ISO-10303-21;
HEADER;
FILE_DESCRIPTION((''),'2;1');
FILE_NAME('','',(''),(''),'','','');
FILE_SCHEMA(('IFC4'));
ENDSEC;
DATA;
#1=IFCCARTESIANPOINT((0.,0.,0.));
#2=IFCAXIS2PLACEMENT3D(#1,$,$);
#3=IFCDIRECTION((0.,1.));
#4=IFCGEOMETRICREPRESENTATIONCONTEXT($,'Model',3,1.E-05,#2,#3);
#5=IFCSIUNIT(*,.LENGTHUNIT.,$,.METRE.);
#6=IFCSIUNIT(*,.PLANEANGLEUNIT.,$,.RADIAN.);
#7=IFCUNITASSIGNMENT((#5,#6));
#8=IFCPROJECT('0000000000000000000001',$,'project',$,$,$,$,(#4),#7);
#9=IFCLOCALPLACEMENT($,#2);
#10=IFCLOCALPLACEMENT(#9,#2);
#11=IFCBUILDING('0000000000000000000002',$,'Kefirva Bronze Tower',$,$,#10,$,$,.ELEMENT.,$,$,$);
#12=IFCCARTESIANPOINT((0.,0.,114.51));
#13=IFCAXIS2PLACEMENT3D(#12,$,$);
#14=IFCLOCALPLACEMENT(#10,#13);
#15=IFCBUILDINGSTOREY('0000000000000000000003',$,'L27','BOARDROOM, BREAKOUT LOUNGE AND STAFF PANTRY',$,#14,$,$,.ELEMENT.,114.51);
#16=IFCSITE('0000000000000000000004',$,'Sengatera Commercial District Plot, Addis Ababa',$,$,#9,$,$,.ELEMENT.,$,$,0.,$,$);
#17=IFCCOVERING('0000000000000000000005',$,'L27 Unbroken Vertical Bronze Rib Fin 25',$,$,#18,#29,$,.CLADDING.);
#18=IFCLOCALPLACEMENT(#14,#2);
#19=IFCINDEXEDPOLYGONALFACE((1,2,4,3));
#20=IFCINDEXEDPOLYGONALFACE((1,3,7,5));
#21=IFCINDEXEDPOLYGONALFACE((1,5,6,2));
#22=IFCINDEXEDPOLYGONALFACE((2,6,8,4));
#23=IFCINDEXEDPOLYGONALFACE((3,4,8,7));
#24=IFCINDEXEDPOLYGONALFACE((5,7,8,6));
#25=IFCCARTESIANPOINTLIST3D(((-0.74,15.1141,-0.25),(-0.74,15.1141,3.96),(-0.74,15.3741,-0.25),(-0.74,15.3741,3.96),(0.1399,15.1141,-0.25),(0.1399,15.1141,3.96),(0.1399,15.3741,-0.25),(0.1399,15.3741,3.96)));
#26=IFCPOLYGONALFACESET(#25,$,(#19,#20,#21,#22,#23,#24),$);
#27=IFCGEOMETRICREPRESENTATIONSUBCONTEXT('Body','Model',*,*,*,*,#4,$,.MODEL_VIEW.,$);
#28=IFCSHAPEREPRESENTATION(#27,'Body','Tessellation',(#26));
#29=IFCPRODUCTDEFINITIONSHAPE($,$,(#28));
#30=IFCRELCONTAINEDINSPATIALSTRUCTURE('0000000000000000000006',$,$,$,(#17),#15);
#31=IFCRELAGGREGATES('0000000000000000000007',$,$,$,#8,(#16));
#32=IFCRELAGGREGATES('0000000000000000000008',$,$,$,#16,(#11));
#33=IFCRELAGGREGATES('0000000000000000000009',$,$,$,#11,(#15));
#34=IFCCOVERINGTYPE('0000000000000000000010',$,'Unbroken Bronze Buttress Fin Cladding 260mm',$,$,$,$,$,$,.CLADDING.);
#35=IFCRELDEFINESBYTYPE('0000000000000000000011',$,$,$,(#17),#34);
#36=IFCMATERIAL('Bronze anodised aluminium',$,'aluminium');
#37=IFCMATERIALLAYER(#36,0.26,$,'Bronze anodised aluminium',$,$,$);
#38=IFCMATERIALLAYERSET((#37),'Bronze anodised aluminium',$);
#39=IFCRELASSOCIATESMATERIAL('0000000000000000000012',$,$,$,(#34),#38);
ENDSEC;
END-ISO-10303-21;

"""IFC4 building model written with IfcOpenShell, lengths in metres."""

from ifc_helpers import new_model, si_unit, direction, frame, origin, origin_2d, place, context, subcontext, project, spatial, rectangle, extrude, material, layer, layer_set, type_object, element, save


model = new_model("IFC4")

# Units and contexts
model_context = context("Model", 3, precision=1e-05, world=origin(), true_north=direction((0.0, 1.0)))
body_context = subcontext(model_context, "Body", "Model", "MODEL_VIEW")
ifc_project = project(units=[si_unit("LENGTHUNIT", "METRE"), si_unit("PLANEANGLEUNIT", "RADIAN")], contexts=[model_context])

# Site, building, storey
site_placement = place(None, origin())
site = spatial("IfcSite", under=ifc_project, at=site_placement, Name="Sengatera Commercial District Plot, Addis Ababa", CompositionType="ELEMENT", RefElevation=0.0)
building_placement = place(site_placement, origin())
building = spatial("IfcBuilding", under=site, at=building_placement, Name="Kefirva Bronze Tower", CompositionType="ELEMENT")
storey_placement = place(building_placement, frame((0.0, 0.0, 114.51)))
storey = spatial("IfcBuildingStorey", under=building, at=storey_placement, Name="L27", Description="BOARDROOM, BREAKOUT LOUNGE AND STAFF PANTRY", CompositionType="ELEMENT", Elevation=114.51)

# Shared definitions
ifc_material_1 = material(Name="Bronze anodised aluminium", Category="aluminium")

# Covering
ifc_layer_1 = layer(ifc_material_1, 0.26, Name="Bronze anodised aluminium")
ifc_layer_set_1 = layer_set([ifc_layer_1], Name="Bronze anodised aluminium")
covering_type_1 = type_object("IfcCoveringType", Name="Unbroken Bronze Buttress Fin Cladding 260mm", PredefinedType="CLADDING", material=ifc_layer_set_1)
covering_1_placement = place(storey_placement, frame((-0.3, 15.2441, -0.25), z_axis=(0.0, 0.0, 1.0), x_axis=(0.0, -1.0, 0.0)))
element("IfcCovering", 1, at=covering_1_placement, inside=storey, type_object=covering_type_1, Name="L27 Unbroken Vertical Bronze Rib Fin 25", PredefinedType="CLADDING", context=body_context, shape_type="SweptSolid", body=[
    extrude(rectangle(XDim=0.26, YDim=0.8799, at=origin_2d()), origin(), (0.0, 0.0, 1.0), 4.21),
])

save(model, "model.ifc")
